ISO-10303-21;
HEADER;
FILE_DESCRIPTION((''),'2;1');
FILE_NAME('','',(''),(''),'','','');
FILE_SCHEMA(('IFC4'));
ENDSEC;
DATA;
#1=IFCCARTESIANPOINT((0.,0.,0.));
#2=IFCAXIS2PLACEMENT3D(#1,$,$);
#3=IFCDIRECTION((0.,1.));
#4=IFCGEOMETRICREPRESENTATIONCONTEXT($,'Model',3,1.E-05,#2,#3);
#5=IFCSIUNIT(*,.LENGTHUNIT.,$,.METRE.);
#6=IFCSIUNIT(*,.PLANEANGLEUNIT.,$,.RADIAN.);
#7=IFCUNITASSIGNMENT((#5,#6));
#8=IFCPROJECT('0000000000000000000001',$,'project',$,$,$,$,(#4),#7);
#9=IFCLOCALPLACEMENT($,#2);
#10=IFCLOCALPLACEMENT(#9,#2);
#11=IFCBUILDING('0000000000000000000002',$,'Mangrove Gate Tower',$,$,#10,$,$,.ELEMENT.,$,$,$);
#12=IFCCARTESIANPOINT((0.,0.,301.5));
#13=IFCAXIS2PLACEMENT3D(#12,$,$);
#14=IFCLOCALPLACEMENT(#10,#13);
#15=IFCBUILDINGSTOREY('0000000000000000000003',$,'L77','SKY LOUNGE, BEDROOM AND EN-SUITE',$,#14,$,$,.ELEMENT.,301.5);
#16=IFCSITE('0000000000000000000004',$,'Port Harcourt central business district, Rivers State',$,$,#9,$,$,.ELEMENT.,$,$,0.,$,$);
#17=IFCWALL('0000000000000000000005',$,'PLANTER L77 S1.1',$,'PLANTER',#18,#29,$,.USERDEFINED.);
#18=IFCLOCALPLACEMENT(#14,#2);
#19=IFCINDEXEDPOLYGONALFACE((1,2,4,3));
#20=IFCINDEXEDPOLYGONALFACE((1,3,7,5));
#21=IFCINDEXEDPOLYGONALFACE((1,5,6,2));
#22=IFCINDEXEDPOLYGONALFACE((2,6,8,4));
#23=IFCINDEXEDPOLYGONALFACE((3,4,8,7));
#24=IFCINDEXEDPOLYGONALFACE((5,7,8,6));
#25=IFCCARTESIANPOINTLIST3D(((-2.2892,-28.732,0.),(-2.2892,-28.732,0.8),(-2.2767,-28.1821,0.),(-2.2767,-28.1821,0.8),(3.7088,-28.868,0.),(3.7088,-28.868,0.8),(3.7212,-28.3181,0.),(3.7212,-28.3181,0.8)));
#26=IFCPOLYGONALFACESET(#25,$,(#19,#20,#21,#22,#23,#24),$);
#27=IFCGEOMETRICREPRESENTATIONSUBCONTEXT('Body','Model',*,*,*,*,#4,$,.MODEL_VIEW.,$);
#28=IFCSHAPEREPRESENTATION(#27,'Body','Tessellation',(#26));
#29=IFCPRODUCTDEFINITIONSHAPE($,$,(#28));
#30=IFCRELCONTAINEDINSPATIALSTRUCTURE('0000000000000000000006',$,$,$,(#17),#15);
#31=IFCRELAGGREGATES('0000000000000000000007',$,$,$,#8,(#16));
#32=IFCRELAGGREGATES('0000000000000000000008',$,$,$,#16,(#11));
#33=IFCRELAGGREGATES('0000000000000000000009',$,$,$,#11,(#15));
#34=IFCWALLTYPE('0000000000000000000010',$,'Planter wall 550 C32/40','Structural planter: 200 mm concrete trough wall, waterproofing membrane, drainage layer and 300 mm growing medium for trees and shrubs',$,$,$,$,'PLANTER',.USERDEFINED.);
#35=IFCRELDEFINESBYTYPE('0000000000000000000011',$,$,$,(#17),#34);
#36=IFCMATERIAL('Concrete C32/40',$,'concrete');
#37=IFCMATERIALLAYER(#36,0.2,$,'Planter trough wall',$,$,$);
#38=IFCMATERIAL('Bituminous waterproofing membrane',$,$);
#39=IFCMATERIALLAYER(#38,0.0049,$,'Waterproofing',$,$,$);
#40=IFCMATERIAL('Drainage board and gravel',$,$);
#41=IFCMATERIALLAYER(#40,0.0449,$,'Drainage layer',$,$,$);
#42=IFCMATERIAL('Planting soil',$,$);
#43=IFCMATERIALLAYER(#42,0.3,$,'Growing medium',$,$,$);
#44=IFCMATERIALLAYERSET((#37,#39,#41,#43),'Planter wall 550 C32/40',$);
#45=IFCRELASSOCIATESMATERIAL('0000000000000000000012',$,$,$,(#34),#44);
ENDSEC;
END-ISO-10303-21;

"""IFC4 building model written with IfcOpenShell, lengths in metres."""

from ifc_helpers import new_model, si_unit, direction, frame, frame_2d, origin, place, context, subcontext, project, spatial, rectangle, extrude, material, layer, layer_set, type_object, element, save


model = new_model("IFC4")

# Units and contexts
model_context = context("Model", 3, precision=1e-05, world=origin(), true_north=direction((0.0, 1.0)))
body_context = subcontext(model_context, "Body", "Model", "MODEL_VIEW")
ifc_project = project(units=[si_unit("LENGTHUNIT", "METRE"), si_unit("PLANEANGLEUNIT", "RADIAN")], contexts=[model_context])

# Site, building, storey
site_placement = place(None, origin())
site = spatial("IfcSite", under=ifc_project, at=site_placement, Name="Port Harcourt central business district, Rivers State", CompositionType="ELEMENT", RefElevation=0.0)
building_placement = place(site_placement, origin())
building = spatial("IfcBuilding", under=site, at=building_placement, Name="Mangrove Gate Tower", CompositionType="ELEMENT")
storey_placement = place(building_placement, frame((0.0, 0.0, 301.5)))
storey = spatial("IfcBuildingStorey", under=building, at=storey_placement, Name="L77", Description="SKY LOUNGE, BEDROOM AND EN-SUITE", CompositionType="ELEMENT", Elevation=301.5)

# Wall
ifc_material_1 = material(Name="Concrete C32/40", Category="concrete")
ifc_layer_1 = layer(ifc_material_1, 0.2, Name="Planter trough wall")
ifc_material_2 = material(Name="Bituminous waterproofing membrane")
ifc_layer_2 = layer(ifc_material_2, 0.0049, Name="Waterproofing")
ifc_material_3 = material(Name="Drainage board and gravel")
ifc_layer_3 = layer(ifc_material_3, 0.0449, Name="Drainage layer")
ifc_material_4 = material(Name="Planting soil")
ifc_layer_4 = layer(ifc_material_4, 0.3, Name="Growing medium")
ifc_layer_set_1 = layer_set([ifc_layer_1, ifc_layer_2, ifc_layer_3, ifc_layer_4], Name="Planter wall 550 C32/40")
wall_type_1 = type_object("IfcWallType", Name="Planter wall 550 C32/40", Description="Structural planter: 200 mm concrete trough wall, waterproofing membrane, drainage layer and 300 mm growing medium for trees and shrubs", ElementType="PLANTER", PredefinedType="USERDEFINED", material=ifc_layer_set_1)
wall_1_placement = place(storey_placement, frame((-2.283, -28.457, 0.0), z_axis=(0.0, 0.0, 1.0), x_axis=(0.999743, -0.022666, 0.0)))
element("IfcWall", 1, at=wall_1_placement, inside=storey, type_object=wall_type_1, Name="PLANTER L77 S1.1", ObjectType="PLANTER", PredefinedType="USERDEFINED", context=body_context, shape_type="SweptSolid", body=[
    extrude(rectangle(XDim=5.9995, YDim=0.55, at=frame_2d((2.9998, 0.0))), origin(), (0.0, 0.0, 1.0), 0.8),
])

save(model, "model.ifc")
